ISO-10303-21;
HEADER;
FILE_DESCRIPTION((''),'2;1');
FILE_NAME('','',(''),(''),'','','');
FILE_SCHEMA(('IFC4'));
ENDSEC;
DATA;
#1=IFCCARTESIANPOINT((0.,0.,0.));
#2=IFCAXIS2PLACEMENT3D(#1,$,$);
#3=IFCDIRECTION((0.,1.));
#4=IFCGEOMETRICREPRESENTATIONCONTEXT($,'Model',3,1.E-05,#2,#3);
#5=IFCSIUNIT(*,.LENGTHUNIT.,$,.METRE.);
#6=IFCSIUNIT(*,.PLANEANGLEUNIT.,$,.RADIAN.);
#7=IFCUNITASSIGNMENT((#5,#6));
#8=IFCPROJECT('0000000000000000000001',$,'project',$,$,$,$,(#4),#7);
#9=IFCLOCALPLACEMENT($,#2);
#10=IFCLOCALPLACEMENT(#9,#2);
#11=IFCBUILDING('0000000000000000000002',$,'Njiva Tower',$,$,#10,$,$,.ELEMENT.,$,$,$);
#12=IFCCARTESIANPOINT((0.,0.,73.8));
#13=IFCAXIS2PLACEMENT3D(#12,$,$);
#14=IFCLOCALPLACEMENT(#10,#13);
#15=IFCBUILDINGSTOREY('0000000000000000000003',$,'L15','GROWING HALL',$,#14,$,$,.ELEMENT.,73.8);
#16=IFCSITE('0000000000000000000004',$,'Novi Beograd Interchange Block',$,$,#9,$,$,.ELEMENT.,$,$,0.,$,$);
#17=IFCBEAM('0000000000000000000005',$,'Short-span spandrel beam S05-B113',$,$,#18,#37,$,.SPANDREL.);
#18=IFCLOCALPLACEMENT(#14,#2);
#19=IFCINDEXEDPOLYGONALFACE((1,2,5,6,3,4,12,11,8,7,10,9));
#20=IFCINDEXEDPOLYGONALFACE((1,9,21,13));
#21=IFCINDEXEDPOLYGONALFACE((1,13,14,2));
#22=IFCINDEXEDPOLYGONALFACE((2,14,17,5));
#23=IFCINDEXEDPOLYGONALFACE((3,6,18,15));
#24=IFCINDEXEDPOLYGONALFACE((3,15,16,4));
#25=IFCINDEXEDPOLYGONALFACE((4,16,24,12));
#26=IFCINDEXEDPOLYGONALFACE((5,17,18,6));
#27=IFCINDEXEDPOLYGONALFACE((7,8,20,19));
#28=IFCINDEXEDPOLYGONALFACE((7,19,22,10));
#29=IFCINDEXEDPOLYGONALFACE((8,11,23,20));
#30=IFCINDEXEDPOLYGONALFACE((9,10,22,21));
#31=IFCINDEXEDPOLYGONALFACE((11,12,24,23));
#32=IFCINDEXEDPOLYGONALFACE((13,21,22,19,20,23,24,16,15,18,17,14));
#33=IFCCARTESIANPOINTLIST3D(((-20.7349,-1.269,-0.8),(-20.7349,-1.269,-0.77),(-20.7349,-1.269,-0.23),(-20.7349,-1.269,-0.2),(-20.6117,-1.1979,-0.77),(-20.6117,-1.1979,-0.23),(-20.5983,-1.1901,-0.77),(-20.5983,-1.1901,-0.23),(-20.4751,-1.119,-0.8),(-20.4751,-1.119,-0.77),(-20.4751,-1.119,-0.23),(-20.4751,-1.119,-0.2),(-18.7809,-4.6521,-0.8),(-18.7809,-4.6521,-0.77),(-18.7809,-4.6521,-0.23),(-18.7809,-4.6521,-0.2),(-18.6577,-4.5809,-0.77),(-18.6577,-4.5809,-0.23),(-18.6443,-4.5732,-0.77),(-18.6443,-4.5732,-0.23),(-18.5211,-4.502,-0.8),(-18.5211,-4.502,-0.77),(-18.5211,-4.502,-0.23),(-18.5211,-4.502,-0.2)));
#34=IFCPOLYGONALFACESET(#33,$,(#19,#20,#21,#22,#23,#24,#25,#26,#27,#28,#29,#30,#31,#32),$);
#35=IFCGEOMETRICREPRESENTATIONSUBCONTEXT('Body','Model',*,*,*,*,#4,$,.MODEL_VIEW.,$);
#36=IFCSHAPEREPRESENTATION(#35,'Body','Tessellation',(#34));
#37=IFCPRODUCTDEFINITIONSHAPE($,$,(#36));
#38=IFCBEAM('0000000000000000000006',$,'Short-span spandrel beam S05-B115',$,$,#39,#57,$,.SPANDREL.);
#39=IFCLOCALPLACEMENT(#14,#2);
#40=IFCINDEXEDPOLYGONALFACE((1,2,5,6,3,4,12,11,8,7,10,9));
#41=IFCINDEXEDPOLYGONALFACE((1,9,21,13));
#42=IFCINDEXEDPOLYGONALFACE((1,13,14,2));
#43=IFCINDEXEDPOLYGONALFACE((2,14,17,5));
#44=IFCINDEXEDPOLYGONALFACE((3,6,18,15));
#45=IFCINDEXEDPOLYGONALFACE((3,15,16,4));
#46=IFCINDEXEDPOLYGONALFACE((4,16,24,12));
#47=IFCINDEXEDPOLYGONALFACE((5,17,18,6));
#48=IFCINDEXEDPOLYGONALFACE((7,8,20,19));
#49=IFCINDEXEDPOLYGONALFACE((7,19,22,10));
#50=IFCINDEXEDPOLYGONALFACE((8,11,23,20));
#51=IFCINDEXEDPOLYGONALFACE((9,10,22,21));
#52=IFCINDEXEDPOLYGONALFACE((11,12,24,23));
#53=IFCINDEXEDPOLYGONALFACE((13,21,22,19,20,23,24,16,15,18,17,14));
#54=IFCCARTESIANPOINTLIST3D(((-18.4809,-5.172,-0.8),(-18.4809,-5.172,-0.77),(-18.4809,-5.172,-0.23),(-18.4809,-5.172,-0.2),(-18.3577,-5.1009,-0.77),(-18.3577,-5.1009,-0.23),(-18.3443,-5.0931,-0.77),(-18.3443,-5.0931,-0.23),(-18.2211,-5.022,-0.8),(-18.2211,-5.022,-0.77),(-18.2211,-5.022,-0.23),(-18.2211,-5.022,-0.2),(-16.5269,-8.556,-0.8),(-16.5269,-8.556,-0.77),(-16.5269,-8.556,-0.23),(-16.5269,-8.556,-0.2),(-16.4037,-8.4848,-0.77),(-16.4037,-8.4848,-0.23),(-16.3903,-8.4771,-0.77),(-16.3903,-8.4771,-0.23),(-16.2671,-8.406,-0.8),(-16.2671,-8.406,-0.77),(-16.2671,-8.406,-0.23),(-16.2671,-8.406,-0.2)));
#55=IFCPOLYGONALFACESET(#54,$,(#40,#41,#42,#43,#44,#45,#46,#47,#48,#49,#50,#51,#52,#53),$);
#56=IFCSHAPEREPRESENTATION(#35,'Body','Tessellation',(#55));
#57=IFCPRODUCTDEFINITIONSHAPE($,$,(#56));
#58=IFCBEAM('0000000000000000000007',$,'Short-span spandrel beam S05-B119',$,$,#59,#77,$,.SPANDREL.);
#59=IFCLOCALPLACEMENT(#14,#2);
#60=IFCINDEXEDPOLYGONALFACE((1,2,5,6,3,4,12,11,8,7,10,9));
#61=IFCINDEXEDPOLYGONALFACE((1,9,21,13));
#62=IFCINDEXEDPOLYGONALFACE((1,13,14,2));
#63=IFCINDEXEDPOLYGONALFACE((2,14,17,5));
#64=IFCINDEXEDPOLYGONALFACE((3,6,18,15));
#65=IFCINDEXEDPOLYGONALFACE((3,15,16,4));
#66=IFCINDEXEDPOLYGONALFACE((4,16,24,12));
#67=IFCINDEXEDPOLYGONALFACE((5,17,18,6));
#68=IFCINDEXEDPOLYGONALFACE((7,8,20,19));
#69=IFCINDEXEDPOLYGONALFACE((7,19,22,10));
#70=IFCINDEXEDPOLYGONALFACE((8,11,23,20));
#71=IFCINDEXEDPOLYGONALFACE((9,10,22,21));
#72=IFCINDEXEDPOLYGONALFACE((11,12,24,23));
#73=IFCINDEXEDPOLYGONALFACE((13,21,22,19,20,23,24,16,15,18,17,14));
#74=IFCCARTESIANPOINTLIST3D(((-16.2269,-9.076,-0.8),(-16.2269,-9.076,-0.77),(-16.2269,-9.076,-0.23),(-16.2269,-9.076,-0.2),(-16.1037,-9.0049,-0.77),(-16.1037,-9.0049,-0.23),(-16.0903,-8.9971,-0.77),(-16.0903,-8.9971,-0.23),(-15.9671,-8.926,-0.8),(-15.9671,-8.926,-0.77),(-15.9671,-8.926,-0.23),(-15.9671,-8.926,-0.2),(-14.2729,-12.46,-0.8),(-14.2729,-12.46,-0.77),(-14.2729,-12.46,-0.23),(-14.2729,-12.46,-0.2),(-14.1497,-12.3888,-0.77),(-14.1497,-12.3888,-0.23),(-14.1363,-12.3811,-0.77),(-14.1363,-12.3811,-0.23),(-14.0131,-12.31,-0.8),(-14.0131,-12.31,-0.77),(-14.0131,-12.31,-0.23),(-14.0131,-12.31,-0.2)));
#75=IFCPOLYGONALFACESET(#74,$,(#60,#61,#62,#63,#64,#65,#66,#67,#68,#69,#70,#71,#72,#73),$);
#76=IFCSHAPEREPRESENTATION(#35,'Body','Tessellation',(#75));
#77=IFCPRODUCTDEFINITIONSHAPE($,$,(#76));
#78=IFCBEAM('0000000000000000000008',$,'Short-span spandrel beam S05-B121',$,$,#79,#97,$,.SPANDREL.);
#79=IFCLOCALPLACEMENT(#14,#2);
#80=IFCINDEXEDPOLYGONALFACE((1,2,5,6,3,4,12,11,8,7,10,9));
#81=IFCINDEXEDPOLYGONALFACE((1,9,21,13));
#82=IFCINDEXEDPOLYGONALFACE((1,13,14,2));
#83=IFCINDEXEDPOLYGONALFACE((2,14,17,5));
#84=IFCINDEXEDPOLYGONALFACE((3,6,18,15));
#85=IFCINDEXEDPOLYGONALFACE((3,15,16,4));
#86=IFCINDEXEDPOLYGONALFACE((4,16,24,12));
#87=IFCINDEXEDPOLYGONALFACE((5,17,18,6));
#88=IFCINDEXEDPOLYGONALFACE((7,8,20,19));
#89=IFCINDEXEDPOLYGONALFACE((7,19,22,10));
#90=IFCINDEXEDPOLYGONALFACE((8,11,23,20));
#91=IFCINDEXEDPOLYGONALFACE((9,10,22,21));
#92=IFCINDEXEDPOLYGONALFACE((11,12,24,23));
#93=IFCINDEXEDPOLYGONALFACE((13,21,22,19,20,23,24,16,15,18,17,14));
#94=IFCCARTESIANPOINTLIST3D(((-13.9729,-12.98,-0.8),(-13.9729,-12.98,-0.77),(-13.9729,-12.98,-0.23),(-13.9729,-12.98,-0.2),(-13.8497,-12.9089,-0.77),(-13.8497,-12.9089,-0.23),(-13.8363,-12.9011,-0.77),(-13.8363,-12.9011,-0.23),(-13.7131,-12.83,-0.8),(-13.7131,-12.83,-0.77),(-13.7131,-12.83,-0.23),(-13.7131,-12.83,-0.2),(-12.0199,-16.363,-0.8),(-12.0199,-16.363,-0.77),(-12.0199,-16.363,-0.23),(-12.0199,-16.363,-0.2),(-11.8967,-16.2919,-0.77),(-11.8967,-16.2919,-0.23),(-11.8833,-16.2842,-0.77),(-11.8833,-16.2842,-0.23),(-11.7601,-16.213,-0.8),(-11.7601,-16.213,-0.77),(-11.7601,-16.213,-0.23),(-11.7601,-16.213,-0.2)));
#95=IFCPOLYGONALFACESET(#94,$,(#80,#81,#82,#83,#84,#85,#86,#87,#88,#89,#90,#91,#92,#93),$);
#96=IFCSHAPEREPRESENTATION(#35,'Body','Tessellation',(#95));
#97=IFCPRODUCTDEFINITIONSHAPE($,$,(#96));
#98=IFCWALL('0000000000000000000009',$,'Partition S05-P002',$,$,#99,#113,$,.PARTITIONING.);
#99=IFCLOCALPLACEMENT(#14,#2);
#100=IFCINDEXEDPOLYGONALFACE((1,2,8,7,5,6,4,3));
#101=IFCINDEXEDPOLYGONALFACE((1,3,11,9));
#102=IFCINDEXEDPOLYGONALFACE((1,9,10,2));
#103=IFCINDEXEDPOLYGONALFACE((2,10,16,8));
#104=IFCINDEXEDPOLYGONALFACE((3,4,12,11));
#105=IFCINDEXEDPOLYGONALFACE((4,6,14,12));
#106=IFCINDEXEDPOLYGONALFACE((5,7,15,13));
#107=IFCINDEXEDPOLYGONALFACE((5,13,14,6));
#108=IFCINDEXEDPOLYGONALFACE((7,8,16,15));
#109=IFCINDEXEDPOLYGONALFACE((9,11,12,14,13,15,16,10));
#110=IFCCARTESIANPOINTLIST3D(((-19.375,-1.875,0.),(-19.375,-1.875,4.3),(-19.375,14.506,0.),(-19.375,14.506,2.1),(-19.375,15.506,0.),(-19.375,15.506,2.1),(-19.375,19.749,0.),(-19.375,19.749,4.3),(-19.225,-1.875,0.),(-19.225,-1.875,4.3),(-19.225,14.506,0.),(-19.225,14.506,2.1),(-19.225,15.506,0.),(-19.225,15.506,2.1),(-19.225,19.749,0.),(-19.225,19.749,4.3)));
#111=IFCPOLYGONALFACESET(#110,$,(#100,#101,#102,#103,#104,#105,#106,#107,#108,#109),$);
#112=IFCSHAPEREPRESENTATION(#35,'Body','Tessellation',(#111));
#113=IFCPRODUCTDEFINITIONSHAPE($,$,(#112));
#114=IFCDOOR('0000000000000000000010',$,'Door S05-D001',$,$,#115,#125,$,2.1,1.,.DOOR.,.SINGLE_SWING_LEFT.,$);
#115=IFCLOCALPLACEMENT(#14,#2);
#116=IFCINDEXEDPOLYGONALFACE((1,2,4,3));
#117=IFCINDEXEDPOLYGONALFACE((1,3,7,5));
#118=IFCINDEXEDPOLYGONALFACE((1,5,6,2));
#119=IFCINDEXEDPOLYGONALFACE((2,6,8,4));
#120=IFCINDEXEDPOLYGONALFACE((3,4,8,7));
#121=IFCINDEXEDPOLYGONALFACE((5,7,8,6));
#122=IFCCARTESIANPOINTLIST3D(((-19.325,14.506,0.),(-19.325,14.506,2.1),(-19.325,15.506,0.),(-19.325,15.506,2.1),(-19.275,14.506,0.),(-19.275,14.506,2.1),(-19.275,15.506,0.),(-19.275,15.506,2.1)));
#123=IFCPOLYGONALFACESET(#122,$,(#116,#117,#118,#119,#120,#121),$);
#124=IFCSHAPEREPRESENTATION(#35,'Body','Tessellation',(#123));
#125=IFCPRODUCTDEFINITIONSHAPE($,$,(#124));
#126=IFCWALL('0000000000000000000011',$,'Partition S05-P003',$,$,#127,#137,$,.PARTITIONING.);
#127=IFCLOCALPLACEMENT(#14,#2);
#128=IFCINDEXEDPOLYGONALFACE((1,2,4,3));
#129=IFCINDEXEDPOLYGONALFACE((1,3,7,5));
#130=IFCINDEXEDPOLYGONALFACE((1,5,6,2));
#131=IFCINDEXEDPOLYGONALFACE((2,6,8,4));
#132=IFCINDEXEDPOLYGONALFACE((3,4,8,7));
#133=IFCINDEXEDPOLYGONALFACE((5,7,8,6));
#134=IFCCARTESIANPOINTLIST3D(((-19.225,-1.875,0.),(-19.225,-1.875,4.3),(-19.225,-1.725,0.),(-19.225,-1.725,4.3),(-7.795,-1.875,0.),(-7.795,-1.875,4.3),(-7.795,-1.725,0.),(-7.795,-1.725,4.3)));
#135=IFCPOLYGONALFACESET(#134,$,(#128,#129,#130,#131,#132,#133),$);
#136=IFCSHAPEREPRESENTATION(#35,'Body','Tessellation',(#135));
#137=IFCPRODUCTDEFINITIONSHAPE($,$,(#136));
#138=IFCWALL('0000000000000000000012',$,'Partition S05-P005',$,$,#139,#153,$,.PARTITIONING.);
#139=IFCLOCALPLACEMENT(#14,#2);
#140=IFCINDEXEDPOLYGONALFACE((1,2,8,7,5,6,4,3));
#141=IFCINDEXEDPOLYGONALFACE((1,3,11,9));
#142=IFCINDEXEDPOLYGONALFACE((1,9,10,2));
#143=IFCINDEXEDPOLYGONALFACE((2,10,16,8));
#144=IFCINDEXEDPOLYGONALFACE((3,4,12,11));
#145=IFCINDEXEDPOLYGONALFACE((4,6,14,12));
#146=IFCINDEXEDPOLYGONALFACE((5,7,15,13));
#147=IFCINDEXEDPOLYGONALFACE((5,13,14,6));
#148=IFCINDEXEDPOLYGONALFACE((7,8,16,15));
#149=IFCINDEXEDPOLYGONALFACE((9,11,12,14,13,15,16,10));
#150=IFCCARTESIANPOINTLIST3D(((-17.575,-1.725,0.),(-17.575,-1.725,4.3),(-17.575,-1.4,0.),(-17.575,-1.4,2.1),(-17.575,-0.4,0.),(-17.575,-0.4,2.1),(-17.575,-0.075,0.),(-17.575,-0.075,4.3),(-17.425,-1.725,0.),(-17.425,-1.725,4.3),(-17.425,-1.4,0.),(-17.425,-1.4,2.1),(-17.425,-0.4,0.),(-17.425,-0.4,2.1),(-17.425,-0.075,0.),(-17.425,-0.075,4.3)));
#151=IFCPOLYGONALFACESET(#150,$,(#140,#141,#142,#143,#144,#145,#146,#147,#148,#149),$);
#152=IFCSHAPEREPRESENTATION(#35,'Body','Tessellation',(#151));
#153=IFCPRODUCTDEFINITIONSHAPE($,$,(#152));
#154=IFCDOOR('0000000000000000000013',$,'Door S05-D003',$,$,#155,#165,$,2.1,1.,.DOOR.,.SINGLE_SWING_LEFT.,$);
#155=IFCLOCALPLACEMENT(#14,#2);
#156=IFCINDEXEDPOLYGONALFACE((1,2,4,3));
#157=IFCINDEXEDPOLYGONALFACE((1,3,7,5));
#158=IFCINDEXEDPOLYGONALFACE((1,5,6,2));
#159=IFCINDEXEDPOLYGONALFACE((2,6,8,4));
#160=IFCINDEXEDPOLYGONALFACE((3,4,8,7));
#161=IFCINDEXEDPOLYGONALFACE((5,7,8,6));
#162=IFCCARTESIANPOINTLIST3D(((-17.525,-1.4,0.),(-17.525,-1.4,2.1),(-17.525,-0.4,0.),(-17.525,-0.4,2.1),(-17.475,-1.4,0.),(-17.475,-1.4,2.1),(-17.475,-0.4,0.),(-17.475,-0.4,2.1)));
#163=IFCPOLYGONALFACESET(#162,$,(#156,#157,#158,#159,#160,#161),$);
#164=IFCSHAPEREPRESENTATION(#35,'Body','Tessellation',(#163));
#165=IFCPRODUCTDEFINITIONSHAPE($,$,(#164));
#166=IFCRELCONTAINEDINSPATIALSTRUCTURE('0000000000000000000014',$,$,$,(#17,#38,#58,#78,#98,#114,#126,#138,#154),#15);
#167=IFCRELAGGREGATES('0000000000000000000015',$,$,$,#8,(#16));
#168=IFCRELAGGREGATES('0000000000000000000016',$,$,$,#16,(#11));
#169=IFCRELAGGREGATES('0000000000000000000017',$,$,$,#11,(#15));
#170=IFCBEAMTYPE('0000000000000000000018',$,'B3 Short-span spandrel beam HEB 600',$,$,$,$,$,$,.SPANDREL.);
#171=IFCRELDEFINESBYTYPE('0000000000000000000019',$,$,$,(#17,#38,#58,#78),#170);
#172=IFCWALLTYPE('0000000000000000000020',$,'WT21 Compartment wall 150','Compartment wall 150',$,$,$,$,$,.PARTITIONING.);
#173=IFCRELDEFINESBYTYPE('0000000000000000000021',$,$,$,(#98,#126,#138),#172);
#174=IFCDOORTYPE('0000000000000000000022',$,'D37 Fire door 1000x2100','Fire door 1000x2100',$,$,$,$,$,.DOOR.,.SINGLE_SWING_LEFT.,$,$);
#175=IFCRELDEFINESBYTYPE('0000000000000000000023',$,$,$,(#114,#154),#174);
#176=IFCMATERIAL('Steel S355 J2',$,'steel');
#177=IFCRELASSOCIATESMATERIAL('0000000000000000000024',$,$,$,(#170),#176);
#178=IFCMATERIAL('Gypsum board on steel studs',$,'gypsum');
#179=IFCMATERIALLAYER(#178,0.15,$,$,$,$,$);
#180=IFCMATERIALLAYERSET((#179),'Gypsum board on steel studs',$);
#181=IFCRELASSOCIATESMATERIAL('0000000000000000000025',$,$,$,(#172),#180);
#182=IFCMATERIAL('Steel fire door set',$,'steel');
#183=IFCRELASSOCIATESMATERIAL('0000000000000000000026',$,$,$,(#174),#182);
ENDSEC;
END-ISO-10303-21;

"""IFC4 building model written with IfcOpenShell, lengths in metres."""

from ifc_helpers import new_model, si_unit, direction, frame, frame_2d, origin, origin_2d, place, context, subcontext, project, spatial, rectangle, i_section, extrude, material, layer, layer_set, material_profile, profile_set, type_object, element, fill, save


model = new_model("IFC4")

# Units and contexts
model_context = context("Model", 3, precision=1e-05, world=origin(), true_north=direction((0.0, 1.0)))
body_context = subcontext(model_context, "Body", "Model", "MODEL_VIEW")
ifc_project = project(units=[si_unit("LENGTHUNIT", "METRE"), si_unit("PLANEANGLEUNIT", "RADIAN")], contexts=[model_context])

# Site, building, storey
site_placement = place(None, origin())
site = spatial("IfcSite", under=ifc_project, at=site_placement, Name="Novi Beograd Interchange Block", CompositionType="ELEMENT", RefElevation=0.0)
building_placement = place(site_placement, origin())
building = spatial("IfcBuilding", under=site, at=building_placement, Name="Njiva Tower", CompositionType="ELEMENT")
storey_placement = place(building_placement, frame((0.0, 0.0, 73.8)))
storey = spatial("IfcBuildingStorey", under=building, at=storey_placement, Name="L15", Description="GROWING HALL", CompositionType="ELEMENT", Elevation=73.8)

# Shared definitions
ifc_material_1 = material(Name="Steel S355 J2", Category="steel")

# Beams
ifc_material_profile_1 = material_profile(ifc_material_1, i_section(OverallWidth=0.3, OverallDepth=0.6, WebThickness=0.0155, FlangeThickness=0.03, at=origin_2d()), Name="HEB 600")
ifc_profile_set_1 = profile_set([ifc_material_profile_1], Name="Steel S355 J2")
beam_type_1 = type_object("IfcBeamType", Name="B3 Short-span spandrel beam HEB 600", PredefinedType="SPANDREL", material=ifc_profile_set_1)
beam_1_placement = place(storey_placement, frame((-20.605, -1.194, -0.5), z_axis=(0.500158, -0.865934, 0.0), x_axis=(0.865934, 0.500158, 0.0)))
element("IfcBeam", 1, at=beam_1_placement, inside=storey, type_object=beam_type_1, Name="Short-span spandrel beam S05-B113", PredefinedType="SPANDREL", context=body_context, shape_type="SweptSolid", body=[
    extrude(i_section(OverallWidth=0.3, OverallDepth=0.6, WebThickness=0.0155, FlangeThickness=0.03, at=origin_2d()), origin(), (0.0, 0.0, 1.0), 3.9068),
])
for number, where, z_axis, x_axis, name in (
    (2, (-18.351, -5.097, -0.5), (0.500047, -0.865998, 0.0), (0.865998, 0.500047, 0.0), "Short-span spandrel beam S05-B115"),
    (3, (-16.097, -9.001, -0.5), (0.500047, -0.865998, 0.0), (0.865998, 0.500047, 0.0), "Short-span spandrel beam S05-B119"),
):
    element("IfcBeam", number, at=place(storey_placement, frame(where, z_axis=z_axis, x_axis=x_axis)), inside=storey, type_object=beam_type_1, Name=name, PredefinedType="SPANDREL", context=body_context, shape_type="SweptSolid", body=[
        extrude(i_section(OverallWidth=0.3, OverallDepth=0.6, WebThickness=0.0155, FlangeThickness=0.03, at=origin_2d()), origin(), (0.0, 0.0, 1.0), 3.9076),
    ])
beam_2_placement = place(storey_placement, frame((-13.843, -12.905, -0.5), z_axis=(0.499966, -0.866045, 0.0), x_axis=(0.866045, 0.499966, 0.0)))
element("IfcBeam", 4, at=beam_2_placement, inside=storey, type_object=beam_type_1, Name="Short-span spandrel beam S05-B121", PredefinedType="SPANDREL", context=body_context, shape_type="SweptSolid", body=[
    extrude(i_section(OverallWidth=0.3, OverallDepth=0.6, WebThickness=0.0155, FlangeThickness=0.03, at=origin_2d()), origin(), (0.0, 0.0, 1.0), 3.9063),
])

# Wall, opening, door
ifc_material_2 = material(Name="Gypsum board on steel studs", Category="gypsum")
ifc_layer = layer(ifc_material_2, 0.15)
ifc_layer_set = layer_set([ifc_layer], Name="Gypsum board on steel studs")
wall_type = type_object("IfcWallType", Name="WT21 Compartment wall 150", Description="Compartment wall 150", PredefinedType="PARTITIONING", material=ifc_layer_set)
wall_1_placement = place(storey_placement, frame((-19.3, -1.875, 0.0), z_axis=(0.0, 0.0, 1.0), x_axis=(0.0, 1.0, 0.0)))
wall_1 = element("IfcWall", 5, at=wall_1_placement, inside=storey, type_object=wall_type, Name="Partition S05-P002", PredefinedType="PARTITIONING", context=body_context, shape_type="SweptSolid", body=[
    extrude(rectangle(XDim=21.624, YDim=0.15, at=frame_2d((10.812, 0.0))), origin(), (0.0, 0.0, 1.0), 4.3),
])
opening_1_placement = place(wall_1_placement, frame((16.381, 0.0, 0.0)))
opening_1 = element("IfcOpeningElement", 6, at=opening_1_placement, cuts=wall_1, PredefinedType="OPENING", context=body_context, shape_type="SweptSolid", body=[
    extrude(rectangle(XDim=1.0, YDim=2.1, at=frame_2d((0.5, 1.05))), frame((0.0, 0.085, 0.0), z_axis=(0.0, -1.0, 0.0), x_axis=(1.0, 0.0, 0.0)), (0.0, 0.0, 1.0), 0.17),
])
ifc_material_3 = material(Name="Steel fire door set", Category="steel")
door_type = type_object("IfcDoorType", Name="D37 Fire door 1000x2100", Description="Fire door 1000x2100", OperationType="SINGLE_SWING_LEFT", PredefinedType="DOOR", material=ifc_material_3)
door_1_placement = place(opening_1_placement, origin())
door_1 = element("IfcDoor", 7, at=door_1_placement, inside=storey, type_object=door_type, Name="Door S05-D001", OperationType="SINGLE_SWING_LEFT", OverallHeight=2.1, OverallWidth=1.0, PredefinedType="DOOR", context=body_context, shape_type="SweptSolid", body=[
    extrude(rectangle(XDim=1.0, YDim=2.1, at=frame_2d((0.5, 1.05))), frame((0.0, 0.025, 0.0), z_axis=(0.0, -1.0, 0.0), x_axis=(1.0, 0.0, 0.0)), (0.0, 0.0, 1.0), 0.05),
])
fill(opening_1, door_1)

# Wall
wall_2_placement = place(storey_placement, frame((-19.225, -1.8, 0.0), z_axis=(0.0, 0.0, 1.0), x_axis=(1.0, 0.0, 0.0)))
element("IfcWall", 8, at=wall_2_placement, inside=storey, type_object=wall_type, Name="Partition S05-P003", PredefinedType="PARTITIONING", context=body_context, shape_type="SweptSolid", body=[
    extrude(rectangle(XDim=11.43, YDim=0.15, at=frame_2d((5.715, 0.0))), origin(), (0.0, 0.0, 1.0), 4.3),
])

# Wall, opening, door
wall_3_placement = place(storey_placement, frame((-17.5, -1.725, 0.0), z_axis=(0.0, 0.0, 1.0), x_axis=(0.0, 1.0, 0.0)))
wall_3 = element("IfcWall", 9, at=wall_3_placement, inside=storey, type_object=wall_type, Name="Partition S05-P005", PredefinedType="PARTITIONING", context=body_context, shape_type="SweptSolid", body=[
    extrude(rectangle(XDim=1.65, YDim=0.15, at=frame_2d((0.825, 0.0))), origin(), (0.0, 0.0, 1.0), 4.3),
])
opening_2_placement = place(wall_3_placement, frame((0.325, 0.0, 0.0)))
opening_2 = element("IfcOpeningElement", 10, at=opening_2_placement, cuts=wall_3, PredefinedType="OPENING", context=body_context, shape_type="SweptSolid", body=[
    extrude(rectangle(XDim=1.0, YDim=2.1, at=frame_2d((0.5, 1.05))), frame((0.0, 0.085, 0.0), z_axis=(0.0, -1.0, 0.0), x_axis=(1.0, 0.0, 0.0)), (0.0, 0.0, 1.0), 0.17),
])
door_2_placement = place(opening_2_placement, origin())
door_2 = element("IfcDoor", 11, at=door_2_placement, inside=storey, type_object=door_type, Name="Door S05-D003", OperationType="SINGLE_SWING_LEFT", OverallHeight=2.1, OverallWidth=1.0, PredefinedType="DOOR", context=body_context, shape_type="SweptSolid", body=[
    extrude(rectangle(XDim=1.0, YDim=2.1, at=frame_2d((0.5, 1.05))), frame((0.0, 0.025, 0.0), z_axis=(0.0, -1.0, 0.0), x_axis=(1.0, 0.0, 0.0)), (0.0, 0.0, 1.0), 0.05),
])
fill(opening_2, door_2)

save(model, "model.ifc")
